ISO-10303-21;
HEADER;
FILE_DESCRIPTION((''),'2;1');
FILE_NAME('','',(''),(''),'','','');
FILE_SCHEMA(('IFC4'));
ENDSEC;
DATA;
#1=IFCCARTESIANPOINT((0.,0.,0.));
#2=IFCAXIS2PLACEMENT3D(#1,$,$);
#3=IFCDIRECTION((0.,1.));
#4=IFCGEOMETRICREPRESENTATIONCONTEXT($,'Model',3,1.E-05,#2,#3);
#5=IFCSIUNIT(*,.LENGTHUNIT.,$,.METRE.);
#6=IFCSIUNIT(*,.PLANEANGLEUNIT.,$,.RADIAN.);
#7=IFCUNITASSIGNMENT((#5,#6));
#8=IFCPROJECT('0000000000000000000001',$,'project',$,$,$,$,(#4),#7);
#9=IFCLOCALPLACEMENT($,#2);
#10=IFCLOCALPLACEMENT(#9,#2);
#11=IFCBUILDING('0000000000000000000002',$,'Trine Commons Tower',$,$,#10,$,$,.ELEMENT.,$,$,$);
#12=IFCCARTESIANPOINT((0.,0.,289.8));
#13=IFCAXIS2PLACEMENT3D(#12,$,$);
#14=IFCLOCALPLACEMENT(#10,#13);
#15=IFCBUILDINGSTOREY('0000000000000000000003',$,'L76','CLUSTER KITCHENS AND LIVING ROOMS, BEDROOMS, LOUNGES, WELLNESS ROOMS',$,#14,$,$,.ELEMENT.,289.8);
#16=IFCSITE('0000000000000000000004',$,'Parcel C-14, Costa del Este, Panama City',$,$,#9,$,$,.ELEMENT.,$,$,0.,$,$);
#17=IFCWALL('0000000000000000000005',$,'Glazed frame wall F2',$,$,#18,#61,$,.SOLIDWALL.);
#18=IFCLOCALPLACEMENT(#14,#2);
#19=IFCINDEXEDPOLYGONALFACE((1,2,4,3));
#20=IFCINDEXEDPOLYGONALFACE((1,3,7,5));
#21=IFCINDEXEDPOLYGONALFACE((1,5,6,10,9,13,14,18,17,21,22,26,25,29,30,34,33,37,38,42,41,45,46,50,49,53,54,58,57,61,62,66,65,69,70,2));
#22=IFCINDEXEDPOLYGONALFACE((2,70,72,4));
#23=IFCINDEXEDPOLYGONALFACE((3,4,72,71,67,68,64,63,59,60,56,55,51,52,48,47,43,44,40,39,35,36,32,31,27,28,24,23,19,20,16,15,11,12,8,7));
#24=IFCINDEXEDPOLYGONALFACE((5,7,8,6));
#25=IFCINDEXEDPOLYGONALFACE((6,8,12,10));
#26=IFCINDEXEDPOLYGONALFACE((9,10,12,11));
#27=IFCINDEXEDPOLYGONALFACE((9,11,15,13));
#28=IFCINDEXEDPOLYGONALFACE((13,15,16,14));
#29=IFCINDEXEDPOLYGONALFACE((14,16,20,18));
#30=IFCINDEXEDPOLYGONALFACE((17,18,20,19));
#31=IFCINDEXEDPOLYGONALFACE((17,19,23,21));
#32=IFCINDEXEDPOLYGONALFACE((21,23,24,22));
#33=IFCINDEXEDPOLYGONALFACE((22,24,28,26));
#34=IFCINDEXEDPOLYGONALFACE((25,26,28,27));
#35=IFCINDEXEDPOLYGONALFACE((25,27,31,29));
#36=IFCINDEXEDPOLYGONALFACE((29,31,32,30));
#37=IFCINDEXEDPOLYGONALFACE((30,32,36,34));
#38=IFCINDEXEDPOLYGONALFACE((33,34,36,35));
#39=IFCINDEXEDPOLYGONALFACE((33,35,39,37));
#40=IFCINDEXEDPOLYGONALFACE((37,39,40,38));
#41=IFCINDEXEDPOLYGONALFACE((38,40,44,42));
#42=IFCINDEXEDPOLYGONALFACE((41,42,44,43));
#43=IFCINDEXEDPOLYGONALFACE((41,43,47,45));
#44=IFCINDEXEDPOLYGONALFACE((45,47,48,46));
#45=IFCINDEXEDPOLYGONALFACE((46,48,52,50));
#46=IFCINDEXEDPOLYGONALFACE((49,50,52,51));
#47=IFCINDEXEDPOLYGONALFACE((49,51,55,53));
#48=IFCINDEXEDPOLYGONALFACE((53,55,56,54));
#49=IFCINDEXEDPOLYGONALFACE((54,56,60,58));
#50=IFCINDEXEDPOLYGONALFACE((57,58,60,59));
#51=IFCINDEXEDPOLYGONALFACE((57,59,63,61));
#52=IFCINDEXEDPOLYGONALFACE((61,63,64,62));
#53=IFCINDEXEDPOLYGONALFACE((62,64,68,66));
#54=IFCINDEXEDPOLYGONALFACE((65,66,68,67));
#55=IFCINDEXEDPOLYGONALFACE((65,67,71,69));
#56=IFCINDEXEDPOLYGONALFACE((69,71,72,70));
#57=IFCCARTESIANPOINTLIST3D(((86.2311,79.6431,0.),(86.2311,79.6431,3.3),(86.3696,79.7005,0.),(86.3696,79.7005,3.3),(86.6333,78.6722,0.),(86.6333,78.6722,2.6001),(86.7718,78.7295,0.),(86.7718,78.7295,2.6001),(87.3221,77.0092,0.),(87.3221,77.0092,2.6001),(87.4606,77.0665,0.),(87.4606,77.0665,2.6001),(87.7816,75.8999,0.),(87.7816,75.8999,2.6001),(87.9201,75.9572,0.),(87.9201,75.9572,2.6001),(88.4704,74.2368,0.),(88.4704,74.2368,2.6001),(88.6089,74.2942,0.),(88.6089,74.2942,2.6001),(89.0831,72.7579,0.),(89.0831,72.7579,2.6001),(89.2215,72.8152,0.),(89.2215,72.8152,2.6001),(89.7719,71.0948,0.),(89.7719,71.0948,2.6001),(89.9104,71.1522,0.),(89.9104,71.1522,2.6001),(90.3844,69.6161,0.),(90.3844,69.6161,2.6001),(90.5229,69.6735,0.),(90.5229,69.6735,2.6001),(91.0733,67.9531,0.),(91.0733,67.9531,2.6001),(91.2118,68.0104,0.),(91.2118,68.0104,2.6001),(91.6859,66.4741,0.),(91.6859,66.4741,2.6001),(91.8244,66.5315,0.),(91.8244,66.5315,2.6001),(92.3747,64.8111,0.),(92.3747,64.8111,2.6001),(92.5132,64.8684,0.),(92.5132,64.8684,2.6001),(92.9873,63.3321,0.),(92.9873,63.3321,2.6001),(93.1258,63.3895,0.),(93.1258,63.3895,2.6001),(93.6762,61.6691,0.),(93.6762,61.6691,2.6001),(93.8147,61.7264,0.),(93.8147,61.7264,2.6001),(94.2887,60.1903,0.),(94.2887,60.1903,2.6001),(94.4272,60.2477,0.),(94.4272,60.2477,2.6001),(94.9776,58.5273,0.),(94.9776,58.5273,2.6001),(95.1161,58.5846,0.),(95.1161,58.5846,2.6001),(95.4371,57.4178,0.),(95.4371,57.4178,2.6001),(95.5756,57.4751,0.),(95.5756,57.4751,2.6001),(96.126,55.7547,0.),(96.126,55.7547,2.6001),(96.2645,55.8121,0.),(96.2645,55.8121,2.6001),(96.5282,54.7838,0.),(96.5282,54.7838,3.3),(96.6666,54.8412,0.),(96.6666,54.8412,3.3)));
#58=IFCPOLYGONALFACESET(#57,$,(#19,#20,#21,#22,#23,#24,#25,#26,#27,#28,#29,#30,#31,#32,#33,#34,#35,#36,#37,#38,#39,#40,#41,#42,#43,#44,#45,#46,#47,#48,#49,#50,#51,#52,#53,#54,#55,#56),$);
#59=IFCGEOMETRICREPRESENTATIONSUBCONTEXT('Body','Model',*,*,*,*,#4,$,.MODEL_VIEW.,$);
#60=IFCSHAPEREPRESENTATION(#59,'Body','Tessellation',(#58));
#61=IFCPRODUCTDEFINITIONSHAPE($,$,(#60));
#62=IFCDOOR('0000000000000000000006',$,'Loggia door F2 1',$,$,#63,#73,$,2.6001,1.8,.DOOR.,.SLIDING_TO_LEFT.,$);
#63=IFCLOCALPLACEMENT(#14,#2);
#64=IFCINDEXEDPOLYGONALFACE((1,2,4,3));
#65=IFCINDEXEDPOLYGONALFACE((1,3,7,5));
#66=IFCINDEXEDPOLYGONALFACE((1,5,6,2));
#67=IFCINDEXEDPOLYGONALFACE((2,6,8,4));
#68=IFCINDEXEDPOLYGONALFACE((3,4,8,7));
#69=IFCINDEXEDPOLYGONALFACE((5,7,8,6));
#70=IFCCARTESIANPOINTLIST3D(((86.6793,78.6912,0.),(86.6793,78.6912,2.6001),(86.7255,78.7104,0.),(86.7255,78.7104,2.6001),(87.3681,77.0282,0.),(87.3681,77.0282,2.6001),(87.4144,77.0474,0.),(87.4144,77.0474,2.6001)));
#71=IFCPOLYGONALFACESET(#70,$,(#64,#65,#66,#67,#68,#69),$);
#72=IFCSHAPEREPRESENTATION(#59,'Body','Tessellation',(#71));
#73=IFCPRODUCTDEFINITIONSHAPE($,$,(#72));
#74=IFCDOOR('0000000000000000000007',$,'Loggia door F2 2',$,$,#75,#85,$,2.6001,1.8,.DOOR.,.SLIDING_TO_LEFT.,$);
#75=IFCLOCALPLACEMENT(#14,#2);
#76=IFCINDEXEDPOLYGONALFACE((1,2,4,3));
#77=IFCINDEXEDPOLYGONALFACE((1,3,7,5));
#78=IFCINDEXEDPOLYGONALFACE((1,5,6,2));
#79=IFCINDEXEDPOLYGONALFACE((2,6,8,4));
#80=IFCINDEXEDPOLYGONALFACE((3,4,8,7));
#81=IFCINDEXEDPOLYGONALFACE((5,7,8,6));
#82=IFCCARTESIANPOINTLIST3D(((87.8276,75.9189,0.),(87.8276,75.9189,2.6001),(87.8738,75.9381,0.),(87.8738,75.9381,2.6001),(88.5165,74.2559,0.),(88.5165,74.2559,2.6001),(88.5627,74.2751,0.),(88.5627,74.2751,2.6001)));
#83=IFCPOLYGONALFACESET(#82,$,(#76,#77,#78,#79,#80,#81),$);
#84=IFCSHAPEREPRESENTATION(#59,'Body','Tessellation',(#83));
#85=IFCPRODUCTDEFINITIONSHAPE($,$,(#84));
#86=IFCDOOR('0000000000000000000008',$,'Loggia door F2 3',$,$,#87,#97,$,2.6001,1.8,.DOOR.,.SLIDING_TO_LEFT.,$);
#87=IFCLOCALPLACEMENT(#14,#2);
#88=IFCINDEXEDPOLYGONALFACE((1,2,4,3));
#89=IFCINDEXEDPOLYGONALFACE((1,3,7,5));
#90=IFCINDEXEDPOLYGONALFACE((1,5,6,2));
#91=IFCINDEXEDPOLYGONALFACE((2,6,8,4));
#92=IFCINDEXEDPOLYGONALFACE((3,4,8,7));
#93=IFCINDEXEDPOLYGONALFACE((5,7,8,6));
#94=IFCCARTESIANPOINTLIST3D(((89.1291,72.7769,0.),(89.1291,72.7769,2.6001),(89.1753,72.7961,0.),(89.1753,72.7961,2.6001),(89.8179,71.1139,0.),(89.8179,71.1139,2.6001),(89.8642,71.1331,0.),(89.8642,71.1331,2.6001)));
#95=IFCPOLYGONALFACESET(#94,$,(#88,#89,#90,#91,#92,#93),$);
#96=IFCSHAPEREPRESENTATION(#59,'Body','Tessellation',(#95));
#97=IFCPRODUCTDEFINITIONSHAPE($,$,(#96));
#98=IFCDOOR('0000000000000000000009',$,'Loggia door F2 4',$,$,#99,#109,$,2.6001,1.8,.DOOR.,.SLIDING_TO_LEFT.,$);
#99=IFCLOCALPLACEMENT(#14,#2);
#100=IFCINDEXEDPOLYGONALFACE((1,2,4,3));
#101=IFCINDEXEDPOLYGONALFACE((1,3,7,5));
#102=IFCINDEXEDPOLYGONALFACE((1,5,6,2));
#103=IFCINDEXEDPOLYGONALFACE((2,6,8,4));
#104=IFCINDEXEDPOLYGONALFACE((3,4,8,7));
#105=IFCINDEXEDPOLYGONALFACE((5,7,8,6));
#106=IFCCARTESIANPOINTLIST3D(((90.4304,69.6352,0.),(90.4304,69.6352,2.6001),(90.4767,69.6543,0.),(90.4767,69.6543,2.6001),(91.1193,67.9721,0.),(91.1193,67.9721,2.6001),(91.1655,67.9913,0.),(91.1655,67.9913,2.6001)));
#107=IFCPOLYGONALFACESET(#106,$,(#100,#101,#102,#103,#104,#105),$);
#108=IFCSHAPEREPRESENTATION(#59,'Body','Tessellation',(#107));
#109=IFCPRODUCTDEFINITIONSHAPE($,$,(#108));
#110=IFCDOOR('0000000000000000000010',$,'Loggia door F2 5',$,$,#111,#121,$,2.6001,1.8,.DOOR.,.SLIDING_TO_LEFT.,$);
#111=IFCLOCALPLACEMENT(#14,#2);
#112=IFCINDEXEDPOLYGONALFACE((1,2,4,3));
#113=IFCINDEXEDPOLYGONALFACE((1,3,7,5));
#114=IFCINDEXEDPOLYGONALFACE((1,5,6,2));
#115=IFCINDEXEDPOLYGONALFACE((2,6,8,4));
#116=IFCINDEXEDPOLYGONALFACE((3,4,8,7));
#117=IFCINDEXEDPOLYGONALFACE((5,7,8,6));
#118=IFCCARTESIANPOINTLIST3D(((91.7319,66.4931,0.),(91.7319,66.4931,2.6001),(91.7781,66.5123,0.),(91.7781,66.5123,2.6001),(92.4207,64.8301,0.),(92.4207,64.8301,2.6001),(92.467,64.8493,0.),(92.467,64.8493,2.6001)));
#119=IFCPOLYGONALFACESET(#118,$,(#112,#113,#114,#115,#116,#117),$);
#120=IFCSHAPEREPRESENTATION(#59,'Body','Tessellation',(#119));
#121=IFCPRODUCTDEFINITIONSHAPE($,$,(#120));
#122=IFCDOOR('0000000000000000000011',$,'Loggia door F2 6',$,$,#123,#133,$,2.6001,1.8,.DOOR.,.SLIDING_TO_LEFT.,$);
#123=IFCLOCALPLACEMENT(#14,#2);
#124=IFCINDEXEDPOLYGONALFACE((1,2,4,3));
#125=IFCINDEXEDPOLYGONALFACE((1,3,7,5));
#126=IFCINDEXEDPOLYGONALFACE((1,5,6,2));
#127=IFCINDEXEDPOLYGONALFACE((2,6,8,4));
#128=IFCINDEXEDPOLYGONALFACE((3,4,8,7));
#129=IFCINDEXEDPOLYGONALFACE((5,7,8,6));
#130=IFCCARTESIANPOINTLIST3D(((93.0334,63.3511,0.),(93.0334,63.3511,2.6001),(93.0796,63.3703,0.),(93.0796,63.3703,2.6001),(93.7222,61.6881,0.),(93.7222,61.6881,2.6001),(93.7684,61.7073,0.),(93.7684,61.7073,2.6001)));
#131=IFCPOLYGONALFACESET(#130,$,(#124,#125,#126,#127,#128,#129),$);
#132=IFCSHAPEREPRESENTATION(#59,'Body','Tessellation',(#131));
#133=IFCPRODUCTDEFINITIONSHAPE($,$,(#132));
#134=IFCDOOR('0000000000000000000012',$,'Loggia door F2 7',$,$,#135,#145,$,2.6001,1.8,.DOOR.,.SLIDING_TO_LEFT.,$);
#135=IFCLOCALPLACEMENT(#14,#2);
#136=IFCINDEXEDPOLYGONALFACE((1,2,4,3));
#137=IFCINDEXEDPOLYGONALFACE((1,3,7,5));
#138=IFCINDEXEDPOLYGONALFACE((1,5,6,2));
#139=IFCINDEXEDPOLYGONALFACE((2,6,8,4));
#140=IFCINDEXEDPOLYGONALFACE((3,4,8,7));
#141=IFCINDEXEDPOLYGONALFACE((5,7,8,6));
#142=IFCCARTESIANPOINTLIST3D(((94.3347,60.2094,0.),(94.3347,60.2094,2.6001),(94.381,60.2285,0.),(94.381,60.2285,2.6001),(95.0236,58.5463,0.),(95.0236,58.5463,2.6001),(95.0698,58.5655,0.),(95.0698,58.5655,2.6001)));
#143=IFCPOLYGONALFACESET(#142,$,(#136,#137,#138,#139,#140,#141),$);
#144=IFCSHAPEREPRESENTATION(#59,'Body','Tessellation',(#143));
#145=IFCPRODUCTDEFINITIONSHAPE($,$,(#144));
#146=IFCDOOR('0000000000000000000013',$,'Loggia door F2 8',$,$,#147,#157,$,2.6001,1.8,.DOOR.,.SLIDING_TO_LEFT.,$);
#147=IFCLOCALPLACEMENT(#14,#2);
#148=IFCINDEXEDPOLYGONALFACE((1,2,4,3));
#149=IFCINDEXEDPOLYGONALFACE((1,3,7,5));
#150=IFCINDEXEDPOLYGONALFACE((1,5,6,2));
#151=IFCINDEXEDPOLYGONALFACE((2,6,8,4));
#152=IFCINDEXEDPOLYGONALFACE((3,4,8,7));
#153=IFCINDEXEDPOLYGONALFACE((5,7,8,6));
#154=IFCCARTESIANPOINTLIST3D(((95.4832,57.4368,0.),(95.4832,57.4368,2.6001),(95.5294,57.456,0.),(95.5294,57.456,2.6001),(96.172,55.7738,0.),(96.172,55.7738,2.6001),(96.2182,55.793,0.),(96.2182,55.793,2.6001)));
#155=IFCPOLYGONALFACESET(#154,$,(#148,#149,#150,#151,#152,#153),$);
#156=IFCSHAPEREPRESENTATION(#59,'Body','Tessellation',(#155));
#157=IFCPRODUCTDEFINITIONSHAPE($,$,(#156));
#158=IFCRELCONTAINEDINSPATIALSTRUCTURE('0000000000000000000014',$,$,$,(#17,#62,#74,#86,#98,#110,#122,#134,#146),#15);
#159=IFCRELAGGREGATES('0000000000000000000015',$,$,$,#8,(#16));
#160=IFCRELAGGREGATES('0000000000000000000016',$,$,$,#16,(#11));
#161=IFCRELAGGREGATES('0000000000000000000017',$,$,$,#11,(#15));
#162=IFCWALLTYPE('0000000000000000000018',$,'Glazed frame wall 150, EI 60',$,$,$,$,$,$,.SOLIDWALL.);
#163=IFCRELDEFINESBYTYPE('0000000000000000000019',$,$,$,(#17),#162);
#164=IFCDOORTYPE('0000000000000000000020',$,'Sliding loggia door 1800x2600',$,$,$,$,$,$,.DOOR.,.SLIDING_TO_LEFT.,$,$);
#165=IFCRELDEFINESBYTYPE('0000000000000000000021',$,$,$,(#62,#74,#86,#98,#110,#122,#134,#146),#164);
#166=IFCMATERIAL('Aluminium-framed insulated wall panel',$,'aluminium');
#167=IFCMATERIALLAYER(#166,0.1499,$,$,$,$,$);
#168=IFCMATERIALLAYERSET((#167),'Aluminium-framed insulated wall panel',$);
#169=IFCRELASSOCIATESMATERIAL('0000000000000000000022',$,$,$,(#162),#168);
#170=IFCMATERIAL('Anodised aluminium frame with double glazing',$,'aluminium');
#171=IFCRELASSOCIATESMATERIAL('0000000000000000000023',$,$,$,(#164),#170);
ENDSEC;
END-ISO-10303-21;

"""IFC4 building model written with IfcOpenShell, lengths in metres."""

from ifc_helpers import new_model, si_unit, direction, frame, frame_2d, origin, place, context, subcontext, project, spatial, polyline, rectangle, outline, extrude, material, layer, layer_set, type_object, element, fill, save


model = new_model("IFC4")

# Units and contexts
model_context = context("Model", 3, precision=1e-05, world=origin(), true_north=direction((0.0, 1.0)))
body_context = subcontext(model_context, "Body", "Model", "MODEL_VIEW")
ifc_project = project(units=[si_unit("LENGTHUNIT", "METRE"), si_unit("PLANEANGLEUNIT", "RADIAN")], contexts=[model_context])

# Site, building, storey
site_placement = place(None, origin())
site = spatial("IfcSite", under=ifc_project, at=site_placement, Name="Parcel C-14, Costa del Este, Panama City", CompositionType="ELEMENT", RefElevation=0.0)
building_placement = place(site_placement, origin())
building = spatial("IfcBuilding", under=site, at=building_placement, Name="Trine Commons Tower", CompositionType="ELEMENT")
storey_placement = place(building_placement, frame((0.0, 0.0, 289.8)))
storey = spatial("IfcBuildingStorey", under=building, at=storey_placement, Name="L76", Description="CLUSTER KITCHENS AND LIVING ROOMS, BEDROOMS, LOUNGES, WELLNESS ROOMS", CompositionType="ELEMENT", Elevation=289.8)

# Shared definitions
ifc_material_1 = material(Name="Aluminium-framed insulated wall panel", Category="aluminium")
ifc_layer_1 = layer(ifc_material_1, 0.1499)
ifc_layer_set_1 = layer_set([ifc_layer_1], Name="Aluminium-framed insulated wall panel")
wall_type_1 = type_object("IfcWallType", Name="Glazed frame wall 150, EI 60", PredefinedType="SOLIDWALL", material=ifc_layer_set_1)
ifc_material_2 = material(Name="Anodised aluminium frame with double glazing", Category="aluminium")
door_type = type_object("IfcDoorType", Name="Sliding loggia door 1800x2600", OperationType="SLIDING_TO_LEFT", PredefinedType="DOOR", material=ifc_material_2)

# Wall, openings, doors
wall_1_placement = place(storey_placement, frame((86.2432, 79.8098, 0.0), z_axis=(0.0, 0.0, 1.0), x_axis=(0.382684, -0.923879, 0.0)))
wall_1 = element("IfcWall", 1, at=wall_1_placement, inside=storey, type_object=wall_type_1, Name="Glazed frame wall F2", PredefinedType="SOLIDWALL", context=body_context, shape_type="SweptSolid", body=[
    extrude(outline(polyline([(0.1494, 0.075), (0.1494, -0.075), (27.0569, -0.075), (27.0569, 0.075), (0.1494, 0.075)])), origin(), (0.0, 0.0, 1.0), 3.3),
])
opening_1_placement = place(wall_1_placement, frame((1.2004, 0.0, 0.0)))
opening_1 = element("IfcOpeningElement", 2, at=opening_1_placement, cuts=wall_1, PredefinedType="OPENING", context=body_context, shape_type="SweptSolid", body=[
    extrude(rectangle(XDim=1.8, YDim=2.6001, at=frame_2d((0.8999, 1.3))), frame((0.0, 0.085, 0.0), z_axis=(0.0, -1.0, 0.0), x_axis=(1.0, 0.0, 0.0)), (0.0, 0.0, 1.0), 0.1699),
])
opening_2_placement = place(wall_1_placement, frame((4.2012, 0.0, 0.0)))
opening_2 = element("IfcOpeningElement", 3, at=opening_2_placement, cuts=wall_1, PredefinedType="OPENING", context=body_context, shape_type="SweptSolid", body=[
    extrude(rectangle(XDim=1.8, YDim=2.6001, at=frame_2d((0.8999, 1.3))), frame((0.0, 0.085, 0.0), z_axis=(0.0, -1.0, 0.0), x_axis=(1.0, 0.0, 0.0)), (0.0, 0.0, 1.0), 0.1699),
])
opening_3_placement = place(wall_1_placement, frame((7.6021, 0.0, 0.0)))
opening_3 = element("IfcOpeningElement", 4, at=opening_3_placement, cuts=wall_1, PredefinedType="OPENING", context=body_context, shape_type="SweptSolid", body=[
    extrude(rectangle(XDim=1.8, YDim=2.6001, at=frame_2d((0.8999, 1.3))), frame((0.0, 0.085, 0.0), z_axis=(0.0, -1.0, 0.0), x_axis=(1.0, 0.0, 0.0)), (0.0, 0.0, 1.0), 0.1699),
])
opening_4_placement = place(wall_1_placement, frame((11.0027, 0.0, 0.0)))
opening_4 = element("IfcOpeningElement", 5, at=opening_4_placement, cuts=wall_1, PredefinedType="OPENING", context=body_context, shape_type="SweptSolid", body=[
    extrude(rectangle(XDim=1.8, YDim=2.6001, at=frame_2d((0.8999, 1.3))), frame((0.0, 0.085, 0.0), z_axis=(0.0, -1.0, 0.0), x_axis=(1.0, 0.0, 0.0)), (0.0, 0.0, 1.0), 0.1699),
])
opening_5_placement = place(wall_1_placement, frame((14.4036, 0.0, 0.0)))
opening_5 = element("IfcOpeningElement", 6, at=opening_5_placement, cuts=wall_1, PredefinedType="OPENING", context=body_context, shape_type="SweptSolid", body=[
    extrude(rectangle(XDim=1.8, YDim=2.6001, at=frame_2d((0.8999, 1.3))), frame((0.0, 0.085, 0.0), z_axis=(0.0, -1.0, 0.0), x_axis=(1.0, 0.0, 0.0)), (0.0, 0.0, 1.0), 0.1699),
])
opening_6_placement = place(wall_1_placement, frame((17.8044, 0.0, 0.0)))
opening_6 = element("IfcOpeningElement", 7, at=opening_6_placement, cuts=wall_1, PredefinedType="OPENING", context=body_context, shape_type="SweptSolid", body=[
    extrude(rectangle(XDim=1.8, YDim=2.6001, at=frame_2d((0.8999, 1.3))), frame((0.0, 0.085, 0.0), z_axis=(0.0, -1.0, 0.0), x_axis=(1.0, 0.0, 0.0)), (0.0, 0.0, 1.0), 0.1699),
])
opening_7_placement = place(wall_1_placement, frame((21.2051, 0.0, 0.0)))
opening_7 = element("IfcOpeningElement", 8, at=opening_7_placement, cuts=wall_1, PredefinedType="OPENING", context=body_context, shape_type="SweptSolid", body=[
    extrude(rectangle(XDim=1.8, YDim=2.6001, at=frame_2d((0.8999, 1.3))), frame((0.0, 0.085, 0.0), z_axis=(0.0, -1.0, 0.0), x_axis=(1.0, 0.0, 0.0)), (0.0, 0.0, 1.0), 0.1699),
])
opening_8_placement = place(wall_1_placement, frame((24.2061, 0.0, 0.0)))
opening_8 = element("IfcOpeningElement", 9, at=opening_8_placement, cuts=wall_1, PredefinedType="OPENING", context=body_context, shape_type="SweptSolid", body=[
    extrude(rectangle(XDim=1.8, YDim=2.6001, at=frame_2d((0.8999, 1.3))), frame((0.0, 0.085, 0.0), z_axis=(0.0, -1.0, 0.0), x_axis=(1.0, 0.0, 0.0)), (0.0, 0.0, 1.0), 0.1699),
])
door_1_placement = place(opening_1_placement, origin())
door_1 = element("IfcDoor", 10, at=door_1_placement, inside=storey, type_object=door_type, Name="Loggia door F2 1", OperationType="SLIDING_TO_LEFT", OverallHeight=2.6001, OverallWidth=1.8, PredefinedType="DOOR", context=body_context, shape_type="SweptSolid", body=[
    extrude(rectangle(XDim=1.8, YDim=2.6001, at=frame_2d((0.8999, 1.3))), frame((0.0, 0.0249, 0.0), z_axis=(0.0, -1.0, 0.0), x_axis=(1.0, 0.0, 0.0)), (0.0, 0.0, 1.0), 0.05),
])
fill(opening_1, door_1)
door_2_placement = place(opening_2_placement, origin())
door_2 = element("IfcDoor", 11, at=door_2_placement, inside=storey, type_object=door_type, Name="Loggia door F2 2", OperationType="SLIDING_TO_LEFT", OverallHeight=2.6001, OverallWidth=1.8, PredefinedType="DOOR", context=body_context, shape_type="SweptSolid", body=[
    extrude(rectangle(XDim=1.8, YDim=2.6001, at=frame_2d((0.8999, 1.3))), frame((0.0, 0.0249, 0.0), z_axis=(0.0, -1.0, 0.0), x_axis=(1.0, 0.0, 0.0)), (0.0, 0.0, 1.0), 0.05),
])
fill(opening_2, door_2)
door_3_placement = place(opening_3_placement, origin())
door_3 = element("IfcDoor", 12, at=door_3_placement, inside=storey, type_object=door_type, Name="Loggia door F2 3", OperationType="SLIDING_TO_LEFT", OverallHeight=2.6001, OverallWidth=1.8, PredefinedType="DOOR", context=body_context, shape_type="SweptSolid", body=[
    extrude(rectangle(XDim=1.8, YDim=2.6001, at=frame_2d((0.8999, 1.3))), frame((0.0, 0.0249, 0.0), z_axis=(0.0, -1.0, 0.0), x_axis=(1.0, 0.0, 0.0)), (0.0, 0.0, 1.0), 0.05),
])
fill(opening_3, door_3)
door_4_placement = place(opening_4_placement, origin())
door_4 = element("IfcDoor", 13, at=door_4_placement, inside=storey, type_object=door_type, Name="Loggia door F2 4", OperationType="SLIDING_TO_LEFT", OverallHeight=2.6001, OverallWidth=1.8, PredefinedType="DOOR", context=body_context, shape_type="SweptSolid", body=[
    extrude(rectangle(XDim=1.8, YDim=2.6001, at=frame_2d((0.8999, 1.3))), frame((0.0, 0.0249, 0.0), z_axis=(0.0, -1.0, 0.0), x_axis=(1.0, 0.0, 0.0)), (0.0, 0.0, 1.0), 0.05),
])
fill(opening_4, door_4)
door_5_placement = place(opening_5_placement, origin())
door_5 = element("IfcDoor", 14, at=door_5_placement, inside=storey, type_object=door_type, Name="Loggia door F2 5", OperationType="SLIDING_TO_LEFT", OverallHeight=2.6001, OverallWidth=1.8, PredefinedType="DOOR", context=body_context, shape_type="SweptSolid", body=[
    extrude(rectangle(XDim=1.8, YDim=2.6001, at=frame_2d((0.8999, 1.3))), frame((0.0, 0.0249, 0.0), z_axis=(0.0, -1.0, 0.0), x_axis=(1.0, 0.0, 0.0)), (0.0, 0.0, 1.0), 0.05),
])
fill(opening_5, door_5)
door_6_placement = place(opening_6_placement, origin())
door_6 = element("IfcDoor", 15, at=door_6_placement, inside=storey, type_object=door_type, Name="Loggia door F2 6", OperationType="SLIDING_TO_LEFT", OverallHeight=2.6001, OverallWidth=1.8, PredefinedType="DOOR", context=body_context, shape_type="SweptSolid", body=[
    extrude(rectangle(XDim=1.8, YDim=2.6001, at=frame_2d((0.8999, 1.3))), frame((0.0, 0.0249, 0.0), z_axis=(0.0, -1.0, 0.0), x_axis=(1.0, 0.0, 0.0)), (0.0, 0.0, 1.0), 0.05),
])
fill(opening_6, door_6)
door_7_placement = place(opening_7_placement, origin())
door_7 = element("IfcDoor", 16, at=door_7_placement, inside=storey, type_object=door_type, Name="Loggia door F2 7", OperationType="SLIDING_TO_LEFT", OverallHeight=2.6001, OverallWidth=1.8, PredefinedType="DOOR", context=body_context, shape_type="SweptSolid", body=[
    extrude(rectangle(XDim=1.8, YDim=2.6001, at=frame_2d((0.8999, 1.3))), frame((0.0, 0.0249, 0.0), z_axis=(0.0, -1.0, 0.0), x_axis=(1.0, 0.0, 0.0)), (0.0, 0.0, 1.0), 0.05),
])
fill(opening_7, door_7)
door_8_placement = place(opening_8_placement, origin())
door_8 = element("IfcDoor", 17, at=door_8_placement, inside=storey, type_object=door_type, Name="Loggia door F2 8", OperationType="SLIDING_TO_LEFT", OverallHeight=2.6001, OverallWidth=1.8, PredefinedType="DOOR", context=body_context, shape_type="SweptSolid", body=[
    extrude(rectangle(XDim=1.8, YDim=2.6001, at=frame_2d((0.8999, 1.3))), frame((0.0, 0.0249, 0.0), z_axis=(0.0, -1.0, 0.0), x_axis=(1.0, 0.0, 0.0)), (0.0, 0.0, 1.0), 0.05),
])
fill(opening_8, door_8)

save(model, "model.ifc")
